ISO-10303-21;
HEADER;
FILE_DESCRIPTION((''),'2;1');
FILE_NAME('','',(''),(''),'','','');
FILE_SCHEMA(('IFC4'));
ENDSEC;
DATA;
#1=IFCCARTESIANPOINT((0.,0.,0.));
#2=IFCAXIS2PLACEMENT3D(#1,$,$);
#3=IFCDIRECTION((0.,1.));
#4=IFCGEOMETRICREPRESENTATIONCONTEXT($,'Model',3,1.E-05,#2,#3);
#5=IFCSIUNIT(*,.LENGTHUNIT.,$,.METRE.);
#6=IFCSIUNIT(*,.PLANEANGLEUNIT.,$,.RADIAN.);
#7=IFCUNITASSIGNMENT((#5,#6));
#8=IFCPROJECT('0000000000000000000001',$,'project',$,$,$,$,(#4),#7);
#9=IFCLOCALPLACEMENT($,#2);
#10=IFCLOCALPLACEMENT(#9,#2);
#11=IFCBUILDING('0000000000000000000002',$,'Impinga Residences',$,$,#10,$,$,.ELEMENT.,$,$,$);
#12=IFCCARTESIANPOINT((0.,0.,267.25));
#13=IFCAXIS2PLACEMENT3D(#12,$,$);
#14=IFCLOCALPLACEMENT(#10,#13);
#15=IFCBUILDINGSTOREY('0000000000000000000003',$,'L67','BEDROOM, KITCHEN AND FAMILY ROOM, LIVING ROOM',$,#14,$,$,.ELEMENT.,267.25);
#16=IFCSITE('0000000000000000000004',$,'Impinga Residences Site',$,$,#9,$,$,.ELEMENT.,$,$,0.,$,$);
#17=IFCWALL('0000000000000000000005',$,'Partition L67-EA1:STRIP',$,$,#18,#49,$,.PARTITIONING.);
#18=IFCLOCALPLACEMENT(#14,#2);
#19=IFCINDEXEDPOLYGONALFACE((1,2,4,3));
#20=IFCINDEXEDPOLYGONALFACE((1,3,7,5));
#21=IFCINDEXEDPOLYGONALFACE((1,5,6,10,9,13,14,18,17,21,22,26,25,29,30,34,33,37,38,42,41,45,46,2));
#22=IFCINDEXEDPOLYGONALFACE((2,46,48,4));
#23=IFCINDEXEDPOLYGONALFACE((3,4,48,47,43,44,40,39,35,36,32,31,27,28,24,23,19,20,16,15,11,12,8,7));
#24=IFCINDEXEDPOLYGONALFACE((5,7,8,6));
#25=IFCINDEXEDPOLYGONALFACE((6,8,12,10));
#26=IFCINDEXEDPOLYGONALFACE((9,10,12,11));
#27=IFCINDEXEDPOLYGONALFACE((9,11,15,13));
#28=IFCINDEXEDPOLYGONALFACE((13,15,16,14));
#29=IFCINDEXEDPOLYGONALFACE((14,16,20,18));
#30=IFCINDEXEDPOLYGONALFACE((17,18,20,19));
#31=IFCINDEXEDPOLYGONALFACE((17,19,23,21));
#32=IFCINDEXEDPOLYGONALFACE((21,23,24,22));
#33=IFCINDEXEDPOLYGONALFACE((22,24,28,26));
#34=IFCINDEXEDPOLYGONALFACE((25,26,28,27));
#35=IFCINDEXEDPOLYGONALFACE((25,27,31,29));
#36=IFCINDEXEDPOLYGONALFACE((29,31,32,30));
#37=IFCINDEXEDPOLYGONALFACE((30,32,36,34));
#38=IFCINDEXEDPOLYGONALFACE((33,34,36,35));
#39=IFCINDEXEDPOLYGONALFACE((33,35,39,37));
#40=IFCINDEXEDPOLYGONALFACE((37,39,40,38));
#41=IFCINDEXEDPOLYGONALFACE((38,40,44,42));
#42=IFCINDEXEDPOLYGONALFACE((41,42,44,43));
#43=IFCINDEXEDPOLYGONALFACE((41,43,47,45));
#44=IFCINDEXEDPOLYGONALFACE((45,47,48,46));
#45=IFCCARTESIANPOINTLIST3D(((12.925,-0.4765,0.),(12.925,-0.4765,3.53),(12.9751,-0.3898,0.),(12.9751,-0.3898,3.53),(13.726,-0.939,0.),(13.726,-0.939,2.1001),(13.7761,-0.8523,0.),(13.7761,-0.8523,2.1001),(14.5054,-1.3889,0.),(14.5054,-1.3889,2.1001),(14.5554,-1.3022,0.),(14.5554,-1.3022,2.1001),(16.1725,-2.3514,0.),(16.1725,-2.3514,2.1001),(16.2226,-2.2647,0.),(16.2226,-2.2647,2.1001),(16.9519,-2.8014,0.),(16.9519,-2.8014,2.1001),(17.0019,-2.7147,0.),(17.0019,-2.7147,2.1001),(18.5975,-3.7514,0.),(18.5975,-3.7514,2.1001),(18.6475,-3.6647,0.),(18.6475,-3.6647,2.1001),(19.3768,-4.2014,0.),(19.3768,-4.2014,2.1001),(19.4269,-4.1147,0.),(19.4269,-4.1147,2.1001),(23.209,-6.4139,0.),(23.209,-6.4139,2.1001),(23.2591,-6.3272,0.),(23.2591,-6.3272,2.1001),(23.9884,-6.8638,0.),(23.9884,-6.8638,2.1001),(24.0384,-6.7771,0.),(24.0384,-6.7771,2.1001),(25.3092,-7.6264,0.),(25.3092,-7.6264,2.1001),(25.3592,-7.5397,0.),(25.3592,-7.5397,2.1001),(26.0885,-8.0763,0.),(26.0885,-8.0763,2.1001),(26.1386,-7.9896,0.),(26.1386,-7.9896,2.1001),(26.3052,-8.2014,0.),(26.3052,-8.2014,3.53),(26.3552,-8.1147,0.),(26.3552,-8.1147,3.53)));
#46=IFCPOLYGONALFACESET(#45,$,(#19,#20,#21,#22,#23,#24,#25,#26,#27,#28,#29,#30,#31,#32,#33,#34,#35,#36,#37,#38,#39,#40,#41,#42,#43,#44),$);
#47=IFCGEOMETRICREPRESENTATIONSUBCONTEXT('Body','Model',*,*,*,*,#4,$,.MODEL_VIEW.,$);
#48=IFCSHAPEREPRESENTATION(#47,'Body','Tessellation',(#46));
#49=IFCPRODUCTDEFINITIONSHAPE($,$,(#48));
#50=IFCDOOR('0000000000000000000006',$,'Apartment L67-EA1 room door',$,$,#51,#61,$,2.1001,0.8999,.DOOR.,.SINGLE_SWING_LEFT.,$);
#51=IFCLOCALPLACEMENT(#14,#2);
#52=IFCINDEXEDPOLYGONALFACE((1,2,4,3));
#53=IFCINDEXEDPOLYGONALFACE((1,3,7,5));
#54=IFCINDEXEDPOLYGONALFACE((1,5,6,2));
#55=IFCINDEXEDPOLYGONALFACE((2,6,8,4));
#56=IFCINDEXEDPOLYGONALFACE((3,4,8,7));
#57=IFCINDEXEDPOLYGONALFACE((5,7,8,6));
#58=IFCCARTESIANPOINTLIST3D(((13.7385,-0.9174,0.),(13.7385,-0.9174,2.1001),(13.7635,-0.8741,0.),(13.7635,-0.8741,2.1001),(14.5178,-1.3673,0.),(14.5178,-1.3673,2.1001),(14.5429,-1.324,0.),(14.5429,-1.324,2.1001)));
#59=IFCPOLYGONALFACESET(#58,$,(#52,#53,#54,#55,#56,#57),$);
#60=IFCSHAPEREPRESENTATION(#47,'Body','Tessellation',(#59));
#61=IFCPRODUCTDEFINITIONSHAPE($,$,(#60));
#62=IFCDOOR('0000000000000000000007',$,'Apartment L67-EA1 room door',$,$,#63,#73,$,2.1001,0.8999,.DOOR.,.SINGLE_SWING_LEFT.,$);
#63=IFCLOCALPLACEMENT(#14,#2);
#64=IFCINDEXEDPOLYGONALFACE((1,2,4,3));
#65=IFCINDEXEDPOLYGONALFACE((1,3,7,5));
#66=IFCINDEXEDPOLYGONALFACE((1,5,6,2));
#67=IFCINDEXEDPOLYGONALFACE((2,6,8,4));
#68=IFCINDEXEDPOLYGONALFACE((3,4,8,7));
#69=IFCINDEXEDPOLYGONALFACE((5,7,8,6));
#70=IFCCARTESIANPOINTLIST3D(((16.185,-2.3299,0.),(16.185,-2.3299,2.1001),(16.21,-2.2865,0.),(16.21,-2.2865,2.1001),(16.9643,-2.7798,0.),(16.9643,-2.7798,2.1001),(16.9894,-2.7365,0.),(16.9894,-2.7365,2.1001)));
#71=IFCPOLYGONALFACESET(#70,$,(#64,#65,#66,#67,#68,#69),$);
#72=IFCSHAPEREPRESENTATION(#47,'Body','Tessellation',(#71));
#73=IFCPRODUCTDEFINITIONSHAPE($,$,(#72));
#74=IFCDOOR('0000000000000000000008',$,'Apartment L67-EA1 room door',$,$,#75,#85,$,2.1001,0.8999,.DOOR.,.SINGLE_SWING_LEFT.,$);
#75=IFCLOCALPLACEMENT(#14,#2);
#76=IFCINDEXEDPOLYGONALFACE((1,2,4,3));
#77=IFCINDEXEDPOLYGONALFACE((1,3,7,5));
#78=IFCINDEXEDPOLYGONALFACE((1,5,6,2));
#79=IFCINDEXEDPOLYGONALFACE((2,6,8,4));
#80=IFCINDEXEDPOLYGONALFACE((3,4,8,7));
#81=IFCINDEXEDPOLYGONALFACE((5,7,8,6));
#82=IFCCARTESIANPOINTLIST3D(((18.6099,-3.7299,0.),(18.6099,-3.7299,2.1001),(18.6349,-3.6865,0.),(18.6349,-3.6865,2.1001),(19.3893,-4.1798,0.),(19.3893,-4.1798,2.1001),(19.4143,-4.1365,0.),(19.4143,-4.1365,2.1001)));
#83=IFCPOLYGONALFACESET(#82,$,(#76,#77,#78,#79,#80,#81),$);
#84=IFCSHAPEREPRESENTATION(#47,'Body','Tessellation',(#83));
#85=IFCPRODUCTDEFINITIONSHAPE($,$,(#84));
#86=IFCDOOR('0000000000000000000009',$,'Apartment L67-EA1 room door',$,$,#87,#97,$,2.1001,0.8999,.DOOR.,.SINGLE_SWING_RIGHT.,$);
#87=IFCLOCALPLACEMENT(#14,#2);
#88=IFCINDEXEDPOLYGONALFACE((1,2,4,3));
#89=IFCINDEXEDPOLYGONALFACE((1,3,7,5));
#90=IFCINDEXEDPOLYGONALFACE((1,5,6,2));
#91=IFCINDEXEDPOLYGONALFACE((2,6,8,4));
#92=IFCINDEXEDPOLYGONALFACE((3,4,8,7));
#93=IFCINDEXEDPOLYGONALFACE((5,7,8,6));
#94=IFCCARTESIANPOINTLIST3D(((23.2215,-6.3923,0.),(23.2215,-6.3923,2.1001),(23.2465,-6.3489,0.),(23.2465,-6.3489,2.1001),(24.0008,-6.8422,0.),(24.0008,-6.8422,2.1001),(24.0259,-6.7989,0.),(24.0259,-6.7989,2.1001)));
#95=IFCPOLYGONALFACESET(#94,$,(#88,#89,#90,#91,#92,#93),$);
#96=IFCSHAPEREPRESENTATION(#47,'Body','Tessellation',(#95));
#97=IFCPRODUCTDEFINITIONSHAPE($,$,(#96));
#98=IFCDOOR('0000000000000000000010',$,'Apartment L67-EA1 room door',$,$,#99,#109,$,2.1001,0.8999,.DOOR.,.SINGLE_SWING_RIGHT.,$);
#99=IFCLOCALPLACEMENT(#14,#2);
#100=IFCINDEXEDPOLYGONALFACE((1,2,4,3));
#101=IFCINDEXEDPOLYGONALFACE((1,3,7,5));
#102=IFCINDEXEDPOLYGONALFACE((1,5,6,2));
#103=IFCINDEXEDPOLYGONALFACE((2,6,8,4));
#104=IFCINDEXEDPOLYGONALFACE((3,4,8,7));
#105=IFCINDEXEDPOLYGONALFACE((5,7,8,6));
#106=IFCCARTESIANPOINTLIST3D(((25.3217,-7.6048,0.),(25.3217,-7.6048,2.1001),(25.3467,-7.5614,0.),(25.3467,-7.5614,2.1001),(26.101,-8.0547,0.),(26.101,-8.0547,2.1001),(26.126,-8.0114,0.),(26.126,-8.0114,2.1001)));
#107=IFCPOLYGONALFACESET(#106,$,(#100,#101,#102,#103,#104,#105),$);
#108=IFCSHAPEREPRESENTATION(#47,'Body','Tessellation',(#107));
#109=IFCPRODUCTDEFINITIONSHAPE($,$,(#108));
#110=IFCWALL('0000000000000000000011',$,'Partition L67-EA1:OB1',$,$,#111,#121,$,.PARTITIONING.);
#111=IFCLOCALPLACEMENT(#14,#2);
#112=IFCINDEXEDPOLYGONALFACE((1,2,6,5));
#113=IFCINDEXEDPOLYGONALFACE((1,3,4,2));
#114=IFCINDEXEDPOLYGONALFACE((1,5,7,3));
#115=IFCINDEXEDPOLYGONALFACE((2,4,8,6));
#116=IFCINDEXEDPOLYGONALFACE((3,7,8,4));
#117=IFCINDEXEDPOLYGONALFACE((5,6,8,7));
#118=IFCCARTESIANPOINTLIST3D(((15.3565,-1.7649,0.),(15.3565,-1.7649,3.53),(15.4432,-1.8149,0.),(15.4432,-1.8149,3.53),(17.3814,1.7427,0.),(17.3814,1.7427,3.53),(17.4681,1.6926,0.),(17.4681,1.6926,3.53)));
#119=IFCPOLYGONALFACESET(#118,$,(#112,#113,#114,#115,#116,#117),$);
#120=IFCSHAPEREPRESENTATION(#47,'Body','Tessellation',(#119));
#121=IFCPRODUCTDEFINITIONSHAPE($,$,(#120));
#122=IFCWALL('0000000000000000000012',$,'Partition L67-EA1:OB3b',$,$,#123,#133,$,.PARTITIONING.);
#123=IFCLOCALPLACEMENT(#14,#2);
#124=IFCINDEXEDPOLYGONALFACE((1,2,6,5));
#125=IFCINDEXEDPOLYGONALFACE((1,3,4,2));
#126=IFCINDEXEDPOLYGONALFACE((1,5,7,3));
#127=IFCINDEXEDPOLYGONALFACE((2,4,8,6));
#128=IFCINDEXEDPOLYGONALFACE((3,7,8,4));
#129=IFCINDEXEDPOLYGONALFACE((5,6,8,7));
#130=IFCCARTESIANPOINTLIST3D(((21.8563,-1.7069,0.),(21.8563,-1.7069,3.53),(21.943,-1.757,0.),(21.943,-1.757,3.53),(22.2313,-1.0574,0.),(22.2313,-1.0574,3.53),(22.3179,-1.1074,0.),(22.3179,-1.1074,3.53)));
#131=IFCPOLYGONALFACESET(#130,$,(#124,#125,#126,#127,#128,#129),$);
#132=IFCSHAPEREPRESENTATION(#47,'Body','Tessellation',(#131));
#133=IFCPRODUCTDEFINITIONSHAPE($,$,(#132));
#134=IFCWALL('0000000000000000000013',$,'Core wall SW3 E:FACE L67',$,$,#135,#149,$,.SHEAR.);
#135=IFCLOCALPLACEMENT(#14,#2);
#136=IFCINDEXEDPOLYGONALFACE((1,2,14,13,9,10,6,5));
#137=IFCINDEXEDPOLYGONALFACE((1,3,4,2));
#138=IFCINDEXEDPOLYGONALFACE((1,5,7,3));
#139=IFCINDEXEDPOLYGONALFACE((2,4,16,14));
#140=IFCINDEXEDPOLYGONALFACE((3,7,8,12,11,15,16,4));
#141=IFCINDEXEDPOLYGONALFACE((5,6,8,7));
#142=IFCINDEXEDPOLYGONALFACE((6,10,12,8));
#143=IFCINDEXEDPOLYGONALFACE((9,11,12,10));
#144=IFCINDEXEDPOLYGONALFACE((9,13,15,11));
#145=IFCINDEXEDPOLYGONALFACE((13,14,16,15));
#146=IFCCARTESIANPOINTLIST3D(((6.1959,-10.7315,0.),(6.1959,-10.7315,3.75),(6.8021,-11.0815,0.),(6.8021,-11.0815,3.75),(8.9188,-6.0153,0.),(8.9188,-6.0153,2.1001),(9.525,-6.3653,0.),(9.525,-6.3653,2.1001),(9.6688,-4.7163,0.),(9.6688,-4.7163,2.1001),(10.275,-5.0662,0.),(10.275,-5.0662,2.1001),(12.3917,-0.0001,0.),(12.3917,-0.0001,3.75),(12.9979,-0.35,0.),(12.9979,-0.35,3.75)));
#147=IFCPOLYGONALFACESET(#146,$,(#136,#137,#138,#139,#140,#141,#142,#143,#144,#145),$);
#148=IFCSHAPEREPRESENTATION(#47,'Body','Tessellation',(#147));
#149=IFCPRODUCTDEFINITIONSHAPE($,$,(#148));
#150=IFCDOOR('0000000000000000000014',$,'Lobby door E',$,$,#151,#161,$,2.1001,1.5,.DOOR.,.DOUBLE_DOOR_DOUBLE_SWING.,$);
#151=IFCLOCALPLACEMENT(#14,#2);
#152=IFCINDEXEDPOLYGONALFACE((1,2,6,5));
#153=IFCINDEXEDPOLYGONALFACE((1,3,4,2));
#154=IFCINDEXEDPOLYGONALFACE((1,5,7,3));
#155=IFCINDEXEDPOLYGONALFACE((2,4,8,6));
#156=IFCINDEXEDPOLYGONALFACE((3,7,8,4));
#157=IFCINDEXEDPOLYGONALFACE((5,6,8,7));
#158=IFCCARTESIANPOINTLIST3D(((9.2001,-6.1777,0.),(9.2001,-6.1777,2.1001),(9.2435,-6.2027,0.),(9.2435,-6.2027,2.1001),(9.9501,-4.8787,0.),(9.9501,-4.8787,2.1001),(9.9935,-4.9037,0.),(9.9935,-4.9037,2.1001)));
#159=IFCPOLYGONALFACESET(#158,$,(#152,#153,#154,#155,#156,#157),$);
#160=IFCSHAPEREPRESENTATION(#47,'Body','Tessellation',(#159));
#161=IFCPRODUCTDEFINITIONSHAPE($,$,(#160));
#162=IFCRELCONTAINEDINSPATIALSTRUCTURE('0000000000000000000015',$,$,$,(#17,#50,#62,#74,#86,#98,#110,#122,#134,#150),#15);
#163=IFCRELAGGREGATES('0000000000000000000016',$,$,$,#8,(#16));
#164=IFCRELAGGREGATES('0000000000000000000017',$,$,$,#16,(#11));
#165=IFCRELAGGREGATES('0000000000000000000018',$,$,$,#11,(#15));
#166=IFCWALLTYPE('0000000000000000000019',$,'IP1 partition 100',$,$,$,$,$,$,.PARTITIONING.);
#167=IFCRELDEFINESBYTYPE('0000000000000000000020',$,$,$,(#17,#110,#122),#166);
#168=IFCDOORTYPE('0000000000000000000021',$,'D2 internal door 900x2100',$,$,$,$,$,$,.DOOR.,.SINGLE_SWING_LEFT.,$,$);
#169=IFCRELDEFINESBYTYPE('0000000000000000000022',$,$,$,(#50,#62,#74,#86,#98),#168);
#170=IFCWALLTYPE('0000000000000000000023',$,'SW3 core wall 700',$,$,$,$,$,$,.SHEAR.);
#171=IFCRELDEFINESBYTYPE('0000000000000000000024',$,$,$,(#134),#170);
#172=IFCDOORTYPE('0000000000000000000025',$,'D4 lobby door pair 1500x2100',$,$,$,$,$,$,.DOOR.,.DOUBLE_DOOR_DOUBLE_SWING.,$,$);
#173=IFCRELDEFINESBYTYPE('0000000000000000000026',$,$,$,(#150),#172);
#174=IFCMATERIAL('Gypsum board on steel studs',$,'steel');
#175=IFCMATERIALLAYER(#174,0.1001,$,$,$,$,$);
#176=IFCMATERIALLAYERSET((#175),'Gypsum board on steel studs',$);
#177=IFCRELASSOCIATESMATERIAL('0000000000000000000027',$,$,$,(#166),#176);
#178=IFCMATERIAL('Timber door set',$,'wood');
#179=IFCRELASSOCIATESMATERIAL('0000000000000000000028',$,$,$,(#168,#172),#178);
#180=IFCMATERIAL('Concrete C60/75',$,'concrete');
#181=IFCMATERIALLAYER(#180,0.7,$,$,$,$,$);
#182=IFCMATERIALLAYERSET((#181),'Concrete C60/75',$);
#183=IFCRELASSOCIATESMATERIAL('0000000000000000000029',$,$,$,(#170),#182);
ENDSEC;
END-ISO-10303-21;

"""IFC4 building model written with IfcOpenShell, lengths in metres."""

from ifc_helpers import new_model, si_unit, direction, frame, frame_2d, origin, place, context, subcontext, project, spatial, rectangle, extrude, material, layer, layer_set, type_object, element, fill, save


model = new_model("IFC4")

# Units and contexts
model_context = context("Model", 3, precision=1e-05, world=origin(), true_north=direction((0.0, 1.0)))
body_context = subcontext(model_context, "Body", "Model", "MODEL_VIEW")
ifc_project = project(units=[si_unit("LENGTHUNIT", "METRE"), si_unit("PLANEANGLEUNIT", "RADIAN")], contexts=[model_context])

# Site, building, storey
site_placement = place(None, origin())
site = spatial("IfcSite", under=ifc_project, at=site_placement, Name="Impinga Residences Site", CompositionType="ELEMENT", RefElevation=0.0)
building_placement = place(site_placement, origin())
building = spatial("IfcBuilding", under=site, at=building_placement, Name="Impinga Residences", CompositionType="ELEMENT")
storey_placement = place(building_placement, frame((0.0, 0.0, 267.25)))
storey = spatial("IfcBuildingStorey", under=building, at=storey_placement, Name="L67", Description="BEDROOM, KITCHEN AND FAMILY ROOM, LIVING ROOM", CompositionType="ELEMENT", Elevation=267.25)

# Shared definitions
ifc_material_1 = material(Name="Concrete C60/75", Category="concrete")

# Wall, openings, doors
ifc_material_2 = material(Name="Gypsum board on steel studs", Category="steel")
ifc_layer_1 = layer(ifc_material_2, 0.1001)
ifc_layer_set_1 = layer_set([ifc_layer_1], Name="Gypsum board on steel studs")
wall_type_1 = type_object("IfcWallType", Name="IP1 partition 100", PredefinedType="PARTITIONING", material=ifc_layer_set_1)
wall_1_placement = place(storey_placement, frame((12.95, -0.4331, 0.0), z_axis=(0.0, 0.0, 1.0), x_axis=(0.86603, -0.499992, 0.0)))
wall_1 = element("IfcWall", 1, at=wall_1_placement, inside=storey, type_object=wall_type_1, Name="Partition L67-EA1:STRIP", PredefinedType="PARTITIONING", context=body_context, shape_type="SweptSolid", body=[
    extrude(rectangle(XDim=15.45, YDim=0.1001, at=frame_2d((7.7251, 0.0))), origin(), (0.0, 0.0, 1.0), 3.53),
])
opening_1_placement = place(wall_1_placement, frame((0.925, 0.0, 0.0)))
opening_1 = element("IfcOpeningElement", 2, at=opening_1_placement, cuts=wall_1, PredefinedType="OPENING", context=body_context, shape_type="SweptSolid", body=[
    extrude(rectangle(XDim=0.8999, YDim=2.1001, at=frame_2d((0.45, 1.05))), frame((0.0, 0.0601, 0.0), z_axis=(0.0, -1.0, 0.0), x_axis=(1.0, 0.0, 0.0)), (0.0, 0.0, 1.0), 0.1201),
])
opening_2_placement = place(wall_1_placement, frame((3.75, 0.0, 0.0)))
opening_2 = element("IfcOpeningElement", 3, at=opening_2_placement, cuts=wall_1, PredefinedType="OPENING", context=body_context, shape_type="SweptSolid", body=[
    extrude(rectangle(XDim=0.8999, YDim=2.1001, at=frame_2d((0.45, 1.05))), frame((0.0, 0.0601, 0.0), z_axis=(0.0, -1.0, 0.0), x_axis=(1.0, 0.0, 0.0)), (0.0, 0.0, 1.0), 0.1201),
])
opening_3_placement = place(wall_1_placement, frame((6.55, 0.0, 0.0)))
opening_3 = element("IfcOpeningElement", 4, at=opening_3_placement, cuts=wall_1, PredefinedType="OPENING", context=body_context, shape_type="SweptSolid", body=[
    extrude(rectangle(XDim=0.8999, YDim=2.1001, at=frame_2d((0.45, 1.05))), frame((0.0, 0.0601, 0.0), z_axis=(0.0, -1.0, 0.0), x_axis=(1.0, 0.0, 0.0)), (0.0, 0.0, 1.0), 0.1201),
])
opening_4_placement = place(wall_1_placement, frame((11.875, 0.0, 0.0)))
opening_4 = element("IfcOpeningElement", 5, at=opening_4_placement, cuts=wall_1, PredefinedType="OPENING", context=body_context, shape_type="SweptSolid", body=[
    extrude(rectangle(XDim=0.8999, YDim=2.1001, at=frame_2d((0.45, 1.05))), frame((0.0, 0.0601, 0.0), z_axis=(0.0, -1.0, 0.0), x_axis=(1.0, 0.0, 0.0)), (0.0, 0.0, 1.0), 0.1201),
])
opening_5_placement = place(wall_1_placement, frame((14.3, 0.0, 0.0)))
opening_5 = element("IfcOpeningElement", 6, at=opening_5_placement, cuts=wall_1, PredefinedType="OPENING", context=body_context, shape_type="SweptSolid", body=[
    extrude(rectangle(XDim=0.8999, YDim=2.1001, at=frame_2d((0.45, 1.05))), frame((0.0, 0.0601, 0.0), z_axis=(0.0, -1.0, 0.0), x_axis=(1.0, 0.0, 0.0)), (0.0, 0.0, 1.0), 0.1201),
])
ifc_material_3 = material(Name="Timber door set", Category="wood")
door_type_1 = type_object("IfcDoorType", Name="D2 internal door 900x2100", OperationType="SINGLE_SWING_LEFT", PredefinedType="DOOR", material=ifc_material_3)
door_1_placement = place(opening_1_placement, origin())
door_1 = element("IfcDoor", 7, at=door_1_placement, inside=storey, type_object=door_type_1, Name="Apartment L67-EA1 room door", OperationType="SINGLE_SWING_LEFT", OverallHeight=2.1001, OverallWidth=0.8999, PredefinedType="DOOR", context=body_context, shape_type="SweptSolid", body=[
    extrude(rectangle(XDim=0.8999, YDim=2.1001, at=frame_2d((0.45, 1.05))), frame((0.0, 0.0249, 0.0), z_axis=(0.0, -1.0, 0.0), x_axis=(1.0, 0.0, 0.0)), (0.0, 0.0, 1.0), 0.05),
])
fill(opening_1, door_1)
door_2_placement = place(opening_2_placement, origin())
door_2 = element("IfcDoor", 8, at=door_2_placement, inside=storey, type_object=door_type_1, Name="Apartment L67-EA1 room door", OperationType="SINGLE_SWING_LEFT", OverallHeight=2.1001, OverallWidth=0.8999, PredefinedType="DOOR", context=body_context, shape_type="SweptSolid", body=[
    extrude(rectangle(XDim=0.8999, YDim=2.1001, at=frame_2d((0.45, 1.05))), frame((0.0, 0.0249, 0.0), z_axis=(0.0, -1.0, 0.0), x_axis=(1.0, 0.0, 0.0)), (0.0, 0.0, 1.0), 0.05),
])
fill(opening_2, door_2)
door_3_placement = place(opening_3_placement, origin())
door_3 = element("IfcDoor", 9, at=door_3_placement, inside=storey, type_object=door_type_1, Name="Apartment L67-EA1 room door", OperationType="SINGLE_SWING_LEFT", OverallHeight=2.1001, OverallWidth=0.8999, PredefinedType="DOOR", context=body_context, shape_type="SweptSolid", body=[
    extrude(rectangle(XDim=0.8999, YDim=2.1001, at=frame_2d((0.45, 1.05))), frame((0.0, 0.0249, 0.0), z_axis=(0.0, -1.0, 0.0), x_axis=(1.0, 0.0, 0.0)), (0.0, 0.0, 1.0), 0.05),
])
fill(opening_3, door_3)
door_4_placement = place(opening_4_placement, origin())
door_4 = element("IfcDoor", 10, at=door_4_placement, inside=storey, type_object=door_type_1, Name="Apartment L67-EA1 room door", OperationType="SINGLE_SWING_RIGHT", OverallHeight=2.1001, OverallWidth=0.8999, PredefinedType="DOOR", context=body_context, shape_type="SweptSolid", body=[
    extrude(rectangle(XDim=0.8999, YDim=2.1001, at=frame_2d((0.45, 1.05))), frame((0.0, 0.0249, 0.0), z_axis=(0.0, -1.0, 0.0), x_axis=(1.0, 0.0, 0.0)), (0.0, 0.0, 1.0), 0.05),
])
fill(opening_4, door_4)
door_5_placement = place(opening_5_placement, origin())
door_5 = element("IfcDoor", 11, at=door_5_placement, inside=storey, type_object=door_type_1, Name="Apartment L67-EA1 room door", OperationType="SINGLE_SWING_RIGHT", OverallHeight=2.1001, OverallWidth=0.8999, PredefinedType="DOOR", context=body_context, shape_type="SweptSolid", body=[
    extrude(rectangle(XDim=0.8999, YDim=2.1001, at=frame_2d((0.45, 1.05))), frame((0.0, 0.0249, 0.0), z_axis=(0.0, -1.0, 0.0), x_axis=(1.0, 0.0, 0.0)), (0.0, 0.0, 1.0), 0.05),
])
fill(opening_5, door_5)

# Walls
wall_2_placement = place(storey_placement, frame((15.3999, -1.7898, 0.0), z_axis=(0.0, 0.0, 1.0), x_axis=(0.499964, 0.866046, 0.0)))
element("IfcWall", 12, at=wall_2_placement, inside=storey, type_object=wall_type_1, Name="Partition L67-EA1:OB1", PredefinedType="PARTITIONING", context=body_context, shape_type="SweptSolid", body=[
    extrude(rectangle(XDim=4.05, YDim=0.1001, at=frame_2d((2.0249, 0.0))), origin(), (0.0, 0.0, 1.0), 3.53),
])
wall_3_placement = place(storey_placement, frame((21.8997, -1.7319, 0.0), z_axis=(0.0, 0.0, 1.0), x_axis=(0.49992, 0.866072, 0.0)))
element("IfcWall", 13, at=wall_3_placement, inside=storey, type_object=wall_type_1, Name="Partition L67-EA1:OB3b", PredefinedType="PARTITIONING", context=body_context, shape_type="SweptSolid", body=[
    extrude(rectangle(XDim=0.75, YDim=0.1001, at=frame_2d((0.375, 0.0))), origin(), (0.0, 0.0, 1.0), 3.53),
])

# Wall, opening, door
ifc_layer_2 = layer(ifc_material_1, 0.7)
ifc_layer_set_2 = layer_set([ifc_layer_2], Name="Concrete C60/75")
wall_type_2 = type_object("IfcWallType", Name="SW3 core wall 700", PredefinedType="SHEAR", material=ifc_layer_set_2)
wall_4_placement = place(storey_placement, frame((12.6948, -0.175, 0.0), z_axis=(0.0, 0.0, 1.0), x_axis=(-0.5, -0.866025, 0.0)))
wall_4 = element("IfcWall", 14, at=wall_4_placement, inside=storey, type_object=wall_type_2, Name="Core wall SW3 E:FACE L67", PredefinedType="SHEAR", context=body_context, shape_type="SweptSolid", body=[
    extrude(rectangle(XDim=12.3916, YDim=0.7, at=frame_2d((6.1958, 0.0))), origin(), (0.0, 0.0, 1.0), 3.75),
])
opening_6_placement = place(wall_4_placement, frame((5.4458, 0.0, 0.0)))
opening_6 = element("IfcOpeningElement", 15, at=opening_6_placement, cuts=wall_4, PredefinedType="OPENING", context=body_context, shape_type="SweptSolid", body=[
    extrude(rectangle(XDim=1.5, YDim=2.1001, at=frame_2d((0.75, 1.05))), frame((0.0, 0.3599, 0.0), z_axis=(0.0, -1.0, 0.0), x_axis=(1.0, 0.0, 0.0)), (0.0, 0.0, 1.0), 0.72),
])
door_type_2 = type_object("IfcDoorType", Name="D4 lobby door pair 1500x2100", OperationType="DOUBLE_DOOR_DOUBLE_SWING", PredefinedType="DOOR", material=ifc_material_3)
door_6_placement = place(opening_6_placement, origin())
door_6 = element("IfcDoor", 16, at=door_6_placement, inside=storey, type_object=door_type_2, Name="Lobby door E", OperationType="DOUBLE_DOOR_DOUBLE_SWING", OverallHeight=2.1001, OverallWidth=1.5, PredefinedType="DOOR", context=body_context, shape_type="SweptSolid", body=[
    extrude(rectangle(XDim=1.5, YDim=2.1001, at=frame_2d((0.75, 1.05))), frame((0.0, 0.0249, 0.0), z_axis=(0.0, -1.0, 0.0), x_axis=(1.0, 0.0, 0.0)), (0.0, 0.0, 1.0), 0.05),
])
fill(opening_6, door_6)

save(model, "model.ifc")
